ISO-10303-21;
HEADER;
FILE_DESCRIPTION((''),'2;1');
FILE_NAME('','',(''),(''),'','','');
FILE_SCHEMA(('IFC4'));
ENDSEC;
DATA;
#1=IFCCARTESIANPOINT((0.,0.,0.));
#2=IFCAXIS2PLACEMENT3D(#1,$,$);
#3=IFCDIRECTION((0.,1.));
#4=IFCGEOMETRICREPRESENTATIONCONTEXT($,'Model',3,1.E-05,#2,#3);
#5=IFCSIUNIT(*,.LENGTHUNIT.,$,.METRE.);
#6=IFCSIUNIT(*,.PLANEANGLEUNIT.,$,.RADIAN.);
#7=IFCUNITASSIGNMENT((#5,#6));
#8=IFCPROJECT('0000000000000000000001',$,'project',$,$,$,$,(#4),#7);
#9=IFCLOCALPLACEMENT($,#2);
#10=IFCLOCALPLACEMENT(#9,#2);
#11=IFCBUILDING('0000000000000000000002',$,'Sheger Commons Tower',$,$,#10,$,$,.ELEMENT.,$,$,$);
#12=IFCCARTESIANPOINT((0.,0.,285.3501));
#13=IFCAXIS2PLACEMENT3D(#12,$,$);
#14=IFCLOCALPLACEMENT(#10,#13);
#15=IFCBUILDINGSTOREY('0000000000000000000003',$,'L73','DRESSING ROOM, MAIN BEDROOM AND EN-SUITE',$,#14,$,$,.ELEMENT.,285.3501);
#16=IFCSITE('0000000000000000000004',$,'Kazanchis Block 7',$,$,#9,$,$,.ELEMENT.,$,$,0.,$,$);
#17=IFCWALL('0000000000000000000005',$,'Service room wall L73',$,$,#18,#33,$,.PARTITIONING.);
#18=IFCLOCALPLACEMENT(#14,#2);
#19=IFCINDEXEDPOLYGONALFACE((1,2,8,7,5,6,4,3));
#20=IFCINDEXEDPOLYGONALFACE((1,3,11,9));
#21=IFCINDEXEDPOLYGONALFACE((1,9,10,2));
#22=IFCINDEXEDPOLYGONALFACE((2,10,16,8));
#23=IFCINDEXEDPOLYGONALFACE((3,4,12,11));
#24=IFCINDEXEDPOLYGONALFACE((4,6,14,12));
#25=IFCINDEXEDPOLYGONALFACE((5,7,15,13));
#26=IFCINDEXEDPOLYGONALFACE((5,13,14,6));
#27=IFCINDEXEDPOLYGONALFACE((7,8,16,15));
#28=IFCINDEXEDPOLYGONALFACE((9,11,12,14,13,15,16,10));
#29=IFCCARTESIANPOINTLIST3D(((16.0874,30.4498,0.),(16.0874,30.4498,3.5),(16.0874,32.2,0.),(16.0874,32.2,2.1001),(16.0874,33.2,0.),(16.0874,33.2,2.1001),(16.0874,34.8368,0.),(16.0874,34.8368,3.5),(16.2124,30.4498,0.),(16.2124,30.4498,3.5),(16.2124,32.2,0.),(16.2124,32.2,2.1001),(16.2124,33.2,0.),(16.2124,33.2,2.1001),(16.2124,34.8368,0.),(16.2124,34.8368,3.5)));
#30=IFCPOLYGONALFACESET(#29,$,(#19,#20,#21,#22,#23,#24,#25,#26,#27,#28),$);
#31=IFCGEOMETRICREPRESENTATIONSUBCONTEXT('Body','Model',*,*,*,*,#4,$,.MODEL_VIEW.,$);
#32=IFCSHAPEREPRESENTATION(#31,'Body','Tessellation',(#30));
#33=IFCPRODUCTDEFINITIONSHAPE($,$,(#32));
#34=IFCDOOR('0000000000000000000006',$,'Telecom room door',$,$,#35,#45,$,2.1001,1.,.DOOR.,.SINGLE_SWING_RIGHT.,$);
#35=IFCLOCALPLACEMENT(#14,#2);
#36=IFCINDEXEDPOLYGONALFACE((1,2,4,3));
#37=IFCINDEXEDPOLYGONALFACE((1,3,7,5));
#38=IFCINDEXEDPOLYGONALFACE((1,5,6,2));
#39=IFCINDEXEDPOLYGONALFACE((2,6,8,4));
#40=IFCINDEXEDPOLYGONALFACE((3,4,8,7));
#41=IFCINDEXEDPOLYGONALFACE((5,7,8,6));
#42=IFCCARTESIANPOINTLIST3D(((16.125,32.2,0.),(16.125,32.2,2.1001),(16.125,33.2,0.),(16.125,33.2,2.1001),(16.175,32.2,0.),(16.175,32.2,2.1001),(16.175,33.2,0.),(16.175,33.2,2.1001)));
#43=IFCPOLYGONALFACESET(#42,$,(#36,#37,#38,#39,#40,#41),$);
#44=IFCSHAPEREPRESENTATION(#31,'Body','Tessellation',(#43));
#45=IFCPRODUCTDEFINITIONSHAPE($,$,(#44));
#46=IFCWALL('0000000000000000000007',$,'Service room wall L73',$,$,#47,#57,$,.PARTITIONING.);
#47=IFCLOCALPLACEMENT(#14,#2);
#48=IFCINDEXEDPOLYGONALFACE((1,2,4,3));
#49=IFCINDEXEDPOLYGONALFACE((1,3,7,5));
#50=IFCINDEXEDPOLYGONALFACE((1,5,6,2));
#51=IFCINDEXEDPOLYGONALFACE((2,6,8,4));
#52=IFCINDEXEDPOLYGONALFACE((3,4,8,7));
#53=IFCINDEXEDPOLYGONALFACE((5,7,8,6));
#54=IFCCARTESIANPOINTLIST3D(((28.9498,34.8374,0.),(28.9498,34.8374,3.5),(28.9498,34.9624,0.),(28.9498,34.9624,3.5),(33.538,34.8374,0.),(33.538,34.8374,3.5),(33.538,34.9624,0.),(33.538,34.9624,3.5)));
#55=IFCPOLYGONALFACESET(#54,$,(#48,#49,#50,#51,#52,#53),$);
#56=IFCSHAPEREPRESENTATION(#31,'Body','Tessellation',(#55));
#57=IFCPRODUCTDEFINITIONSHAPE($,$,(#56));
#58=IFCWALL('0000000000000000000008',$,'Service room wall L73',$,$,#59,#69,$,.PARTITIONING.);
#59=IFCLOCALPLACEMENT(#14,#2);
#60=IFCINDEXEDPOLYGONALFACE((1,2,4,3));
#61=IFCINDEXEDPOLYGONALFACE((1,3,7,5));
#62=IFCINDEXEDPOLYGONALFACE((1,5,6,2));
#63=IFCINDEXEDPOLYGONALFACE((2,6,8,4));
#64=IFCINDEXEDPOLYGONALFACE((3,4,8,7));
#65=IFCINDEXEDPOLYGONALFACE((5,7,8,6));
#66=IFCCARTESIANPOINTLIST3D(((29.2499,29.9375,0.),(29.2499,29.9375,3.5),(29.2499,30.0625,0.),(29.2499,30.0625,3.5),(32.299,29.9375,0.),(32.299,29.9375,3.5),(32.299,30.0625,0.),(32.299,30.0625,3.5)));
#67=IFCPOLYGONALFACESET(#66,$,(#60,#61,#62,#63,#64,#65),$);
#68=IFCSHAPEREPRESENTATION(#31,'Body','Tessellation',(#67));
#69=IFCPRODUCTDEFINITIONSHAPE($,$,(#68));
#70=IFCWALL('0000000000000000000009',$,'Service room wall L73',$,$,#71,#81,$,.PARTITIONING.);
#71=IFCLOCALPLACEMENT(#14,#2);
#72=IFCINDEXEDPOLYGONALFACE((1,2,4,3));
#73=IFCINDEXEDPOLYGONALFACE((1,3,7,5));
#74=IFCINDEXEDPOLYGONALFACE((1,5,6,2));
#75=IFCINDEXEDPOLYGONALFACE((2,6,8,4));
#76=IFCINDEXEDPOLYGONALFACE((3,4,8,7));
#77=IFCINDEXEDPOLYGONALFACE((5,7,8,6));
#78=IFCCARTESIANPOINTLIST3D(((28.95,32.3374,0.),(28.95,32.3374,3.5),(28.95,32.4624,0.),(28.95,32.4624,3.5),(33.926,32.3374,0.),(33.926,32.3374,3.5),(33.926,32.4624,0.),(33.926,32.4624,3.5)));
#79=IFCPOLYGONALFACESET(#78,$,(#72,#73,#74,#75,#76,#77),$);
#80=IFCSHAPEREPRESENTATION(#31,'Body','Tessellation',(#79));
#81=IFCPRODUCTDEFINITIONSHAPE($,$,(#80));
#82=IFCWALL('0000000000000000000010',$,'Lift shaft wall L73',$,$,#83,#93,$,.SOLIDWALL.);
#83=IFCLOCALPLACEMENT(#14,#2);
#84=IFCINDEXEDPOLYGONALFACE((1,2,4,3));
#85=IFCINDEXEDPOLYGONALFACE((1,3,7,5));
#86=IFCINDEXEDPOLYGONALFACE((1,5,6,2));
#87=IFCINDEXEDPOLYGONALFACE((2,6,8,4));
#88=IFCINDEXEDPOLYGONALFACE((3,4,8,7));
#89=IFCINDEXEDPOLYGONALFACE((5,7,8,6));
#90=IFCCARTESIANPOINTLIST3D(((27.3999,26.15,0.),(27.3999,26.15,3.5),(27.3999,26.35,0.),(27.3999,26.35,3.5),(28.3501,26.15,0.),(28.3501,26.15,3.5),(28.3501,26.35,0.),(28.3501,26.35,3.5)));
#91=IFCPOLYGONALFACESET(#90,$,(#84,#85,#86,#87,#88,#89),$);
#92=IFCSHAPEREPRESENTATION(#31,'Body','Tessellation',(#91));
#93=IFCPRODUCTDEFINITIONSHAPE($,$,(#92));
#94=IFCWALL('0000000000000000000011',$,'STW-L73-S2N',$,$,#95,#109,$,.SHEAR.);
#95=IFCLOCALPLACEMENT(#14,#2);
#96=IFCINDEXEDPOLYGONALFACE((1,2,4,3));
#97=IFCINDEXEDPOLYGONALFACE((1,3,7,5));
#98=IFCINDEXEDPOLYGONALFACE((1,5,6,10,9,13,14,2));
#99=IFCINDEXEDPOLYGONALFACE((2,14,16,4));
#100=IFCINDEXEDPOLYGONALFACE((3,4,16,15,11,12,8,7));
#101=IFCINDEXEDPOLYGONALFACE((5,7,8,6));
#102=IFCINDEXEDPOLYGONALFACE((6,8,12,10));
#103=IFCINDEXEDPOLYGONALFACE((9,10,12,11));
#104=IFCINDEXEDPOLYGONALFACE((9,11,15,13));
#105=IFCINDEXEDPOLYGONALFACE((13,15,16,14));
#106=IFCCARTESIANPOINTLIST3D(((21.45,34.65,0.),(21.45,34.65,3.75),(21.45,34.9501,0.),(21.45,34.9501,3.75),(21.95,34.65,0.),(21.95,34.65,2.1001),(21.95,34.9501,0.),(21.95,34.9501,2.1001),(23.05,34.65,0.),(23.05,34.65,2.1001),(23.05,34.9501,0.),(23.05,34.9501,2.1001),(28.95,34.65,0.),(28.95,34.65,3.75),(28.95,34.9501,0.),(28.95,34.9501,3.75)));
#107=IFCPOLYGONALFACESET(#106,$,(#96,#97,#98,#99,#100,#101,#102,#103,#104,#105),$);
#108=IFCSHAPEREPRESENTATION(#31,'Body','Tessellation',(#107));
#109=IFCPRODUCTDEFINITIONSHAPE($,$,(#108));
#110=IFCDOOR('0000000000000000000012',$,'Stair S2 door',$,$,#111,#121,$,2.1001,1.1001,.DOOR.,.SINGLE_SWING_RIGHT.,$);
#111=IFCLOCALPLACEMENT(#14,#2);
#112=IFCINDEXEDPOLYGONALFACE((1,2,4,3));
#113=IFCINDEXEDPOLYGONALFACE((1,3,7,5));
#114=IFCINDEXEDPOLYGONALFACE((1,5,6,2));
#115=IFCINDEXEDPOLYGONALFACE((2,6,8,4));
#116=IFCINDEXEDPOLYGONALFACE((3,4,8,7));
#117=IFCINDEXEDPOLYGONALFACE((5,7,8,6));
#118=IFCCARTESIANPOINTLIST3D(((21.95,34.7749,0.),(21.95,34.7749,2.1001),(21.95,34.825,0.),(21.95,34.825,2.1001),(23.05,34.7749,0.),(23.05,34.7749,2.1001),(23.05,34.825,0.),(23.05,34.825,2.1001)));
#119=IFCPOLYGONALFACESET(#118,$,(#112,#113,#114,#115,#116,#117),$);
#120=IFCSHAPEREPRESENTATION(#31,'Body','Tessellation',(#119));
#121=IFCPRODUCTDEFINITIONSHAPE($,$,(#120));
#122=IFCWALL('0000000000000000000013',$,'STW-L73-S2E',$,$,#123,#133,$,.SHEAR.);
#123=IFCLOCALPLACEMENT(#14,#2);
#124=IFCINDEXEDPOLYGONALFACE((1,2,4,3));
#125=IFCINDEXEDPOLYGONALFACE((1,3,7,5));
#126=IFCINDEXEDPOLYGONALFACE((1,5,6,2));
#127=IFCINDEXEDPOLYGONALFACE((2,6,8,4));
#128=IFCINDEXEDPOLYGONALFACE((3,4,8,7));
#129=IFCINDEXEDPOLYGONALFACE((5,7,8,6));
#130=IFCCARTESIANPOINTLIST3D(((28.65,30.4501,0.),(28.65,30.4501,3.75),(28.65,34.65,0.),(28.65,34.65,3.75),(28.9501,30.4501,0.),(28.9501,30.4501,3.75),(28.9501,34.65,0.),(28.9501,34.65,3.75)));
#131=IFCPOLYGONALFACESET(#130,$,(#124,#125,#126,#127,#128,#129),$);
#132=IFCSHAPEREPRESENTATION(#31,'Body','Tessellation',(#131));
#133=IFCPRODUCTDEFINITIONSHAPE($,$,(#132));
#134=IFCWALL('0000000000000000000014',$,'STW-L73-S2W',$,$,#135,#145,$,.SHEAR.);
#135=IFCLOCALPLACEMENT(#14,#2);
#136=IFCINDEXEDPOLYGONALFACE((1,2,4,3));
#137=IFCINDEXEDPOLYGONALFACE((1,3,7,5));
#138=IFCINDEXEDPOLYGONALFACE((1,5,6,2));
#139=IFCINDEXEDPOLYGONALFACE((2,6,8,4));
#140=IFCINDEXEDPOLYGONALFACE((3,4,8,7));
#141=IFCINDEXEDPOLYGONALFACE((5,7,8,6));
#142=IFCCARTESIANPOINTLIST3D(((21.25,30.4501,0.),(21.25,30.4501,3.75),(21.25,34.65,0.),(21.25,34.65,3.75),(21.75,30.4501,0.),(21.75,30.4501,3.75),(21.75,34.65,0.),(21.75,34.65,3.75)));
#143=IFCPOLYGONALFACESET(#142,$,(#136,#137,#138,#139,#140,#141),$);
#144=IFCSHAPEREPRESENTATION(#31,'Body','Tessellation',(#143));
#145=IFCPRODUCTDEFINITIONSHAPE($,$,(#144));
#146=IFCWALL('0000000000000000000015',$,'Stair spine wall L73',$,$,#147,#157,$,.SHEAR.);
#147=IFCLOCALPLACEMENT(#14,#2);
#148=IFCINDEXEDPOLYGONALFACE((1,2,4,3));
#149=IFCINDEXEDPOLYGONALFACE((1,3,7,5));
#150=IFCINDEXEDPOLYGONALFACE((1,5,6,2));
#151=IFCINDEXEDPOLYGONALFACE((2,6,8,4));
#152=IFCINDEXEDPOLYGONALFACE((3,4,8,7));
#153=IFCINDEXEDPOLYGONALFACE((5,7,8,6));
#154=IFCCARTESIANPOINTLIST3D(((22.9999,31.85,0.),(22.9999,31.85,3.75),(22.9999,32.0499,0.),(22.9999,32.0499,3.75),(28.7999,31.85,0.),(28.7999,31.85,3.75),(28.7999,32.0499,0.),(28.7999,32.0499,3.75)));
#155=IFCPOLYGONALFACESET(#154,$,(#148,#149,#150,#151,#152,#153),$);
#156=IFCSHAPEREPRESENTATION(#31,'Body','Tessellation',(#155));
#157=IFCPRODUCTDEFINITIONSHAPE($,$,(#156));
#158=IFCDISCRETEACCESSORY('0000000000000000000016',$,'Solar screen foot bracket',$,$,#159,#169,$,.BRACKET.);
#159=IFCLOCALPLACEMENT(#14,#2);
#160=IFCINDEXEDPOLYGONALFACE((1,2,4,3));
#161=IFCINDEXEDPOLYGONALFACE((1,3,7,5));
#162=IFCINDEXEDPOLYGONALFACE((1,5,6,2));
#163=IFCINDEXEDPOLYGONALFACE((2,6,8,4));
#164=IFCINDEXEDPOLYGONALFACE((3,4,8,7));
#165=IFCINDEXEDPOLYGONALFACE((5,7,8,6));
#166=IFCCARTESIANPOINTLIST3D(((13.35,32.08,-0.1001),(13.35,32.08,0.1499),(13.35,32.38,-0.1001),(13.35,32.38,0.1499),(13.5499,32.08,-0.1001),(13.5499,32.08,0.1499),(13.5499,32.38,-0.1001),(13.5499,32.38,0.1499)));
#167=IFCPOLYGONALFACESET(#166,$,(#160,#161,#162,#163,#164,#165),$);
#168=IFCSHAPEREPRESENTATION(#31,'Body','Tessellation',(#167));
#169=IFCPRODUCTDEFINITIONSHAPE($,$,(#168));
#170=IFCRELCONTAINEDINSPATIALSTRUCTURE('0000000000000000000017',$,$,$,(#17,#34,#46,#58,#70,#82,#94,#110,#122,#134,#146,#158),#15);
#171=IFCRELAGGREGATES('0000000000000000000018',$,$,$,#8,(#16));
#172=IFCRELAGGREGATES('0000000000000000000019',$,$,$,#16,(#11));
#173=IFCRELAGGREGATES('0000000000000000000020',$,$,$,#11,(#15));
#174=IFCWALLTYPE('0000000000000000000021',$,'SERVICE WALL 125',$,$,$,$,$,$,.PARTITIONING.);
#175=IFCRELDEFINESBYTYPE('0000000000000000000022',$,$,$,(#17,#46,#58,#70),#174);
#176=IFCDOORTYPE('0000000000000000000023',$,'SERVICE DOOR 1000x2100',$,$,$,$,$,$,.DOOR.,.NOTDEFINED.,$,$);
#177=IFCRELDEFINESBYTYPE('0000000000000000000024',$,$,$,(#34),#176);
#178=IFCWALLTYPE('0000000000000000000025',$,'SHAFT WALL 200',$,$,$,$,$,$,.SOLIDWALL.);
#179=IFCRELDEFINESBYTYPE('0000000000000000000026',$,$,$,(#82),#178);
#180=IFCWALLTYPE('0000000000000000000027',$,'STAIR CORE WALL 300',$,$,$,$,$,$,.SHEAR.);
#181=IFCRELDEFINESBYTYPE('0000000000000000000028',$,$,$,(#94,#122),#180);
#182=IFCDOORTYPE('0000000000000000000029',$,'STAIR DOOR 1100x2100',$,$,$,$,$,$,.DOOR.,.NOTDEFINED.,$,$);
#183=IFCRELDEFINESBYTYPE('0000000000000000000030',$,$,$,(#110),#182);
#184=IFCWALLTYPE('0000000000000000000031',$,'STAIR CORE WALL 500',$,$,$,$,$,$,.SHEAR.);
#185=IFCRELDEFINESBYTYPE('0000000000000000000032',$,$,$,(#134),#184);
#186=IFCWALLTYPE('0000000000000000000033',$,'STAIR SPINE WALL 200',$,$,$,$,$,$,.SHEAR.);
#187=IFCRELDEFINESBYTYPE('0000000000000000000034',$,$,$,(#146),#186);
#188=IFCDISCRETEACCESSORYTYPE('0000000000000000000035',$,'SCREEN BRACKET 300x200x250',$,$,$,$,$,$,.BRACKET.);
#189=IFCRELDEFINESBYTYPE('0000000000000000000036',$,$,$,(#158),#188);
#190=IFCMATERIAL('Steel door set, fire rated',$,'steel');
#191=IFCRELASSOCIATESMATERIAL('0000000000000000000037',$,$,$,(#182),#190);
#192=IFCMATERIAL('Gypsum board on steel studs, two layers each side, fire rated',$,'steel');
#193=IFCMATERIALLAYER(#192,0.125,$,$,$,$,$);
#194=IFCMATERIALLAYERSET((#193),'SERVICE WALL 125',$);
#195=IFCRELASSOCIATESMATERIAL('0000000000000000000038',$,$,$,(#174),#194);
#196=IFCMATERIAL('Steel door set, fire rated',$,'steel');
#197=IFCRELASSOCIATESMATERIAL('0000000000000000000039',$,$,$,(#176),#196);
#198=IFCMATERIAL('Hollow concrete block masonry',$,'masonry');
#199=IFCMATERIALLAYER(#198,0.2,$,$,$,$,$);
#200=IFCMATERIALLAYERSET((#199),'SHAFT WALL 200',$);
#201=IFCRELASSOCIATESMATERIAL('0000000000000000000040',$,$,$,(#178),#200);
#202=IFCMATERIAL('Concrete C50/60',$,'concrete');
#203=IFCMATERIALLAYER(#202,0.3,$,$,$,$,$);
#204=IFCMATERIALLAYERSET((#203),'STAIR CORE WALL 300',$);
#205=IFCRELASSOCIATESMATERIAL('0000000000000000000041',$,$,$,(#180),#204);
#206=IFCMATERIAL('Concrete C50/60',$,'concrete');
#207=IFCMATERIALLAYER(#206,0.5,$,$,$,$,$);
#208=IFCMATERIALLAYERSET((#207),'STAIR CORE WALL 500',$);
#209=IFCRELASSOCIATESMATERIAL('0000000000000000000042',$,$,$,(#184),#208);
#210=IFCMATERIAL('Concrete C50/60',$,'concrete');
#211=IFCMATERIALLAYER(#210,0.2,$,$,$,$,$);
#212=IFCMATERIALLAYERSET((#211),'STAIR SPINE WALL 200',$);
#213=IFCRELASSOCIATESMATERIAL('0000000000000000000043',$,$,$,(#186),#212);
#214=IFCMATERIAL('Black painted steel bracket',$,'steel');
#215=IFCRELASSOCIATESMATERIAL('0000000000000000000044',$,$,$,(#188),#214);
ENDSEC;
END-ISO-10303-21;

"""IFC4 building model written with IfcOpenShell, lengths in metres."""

from ifc_helpers import new_model, si_unit, direction, frame, frame_2d, origin, origin_2d, place, context, subcontext, project, spatial, rectangle, extrude, material, layer, layer_set, type_object, element, fill, save


model = new_model("IFC4")

# Units and contexts
model_context = context("Model", 3, precision=1e-05, world=origin(), true_north=direction((0.0, 1.0)))
body_context = subcontext(model_context, "Body", "Model", "MODEL_VIEW")
ifc_project = project(units=[si_unit("LENGTHUNIT", "METRE"), si_unit("PLANEANGLEUNIT", "RADIAN")], contexts=[model_context])

# Site, building, storey
site_placement = place(None, origin())
site = spatial("IfcSite", under=ifc_project, at=site_placement, Name="Kazanchis Block 7", CompositionType="ELEMENT", RefElevation=0.0)
building_placement = place(site_placement, origin())
building = spatial("IfcBuilding", under=site, at=building_placement, Name="Sheger Commons Tower", CompositionType="ELEMENT")
storey_placement = place(building_placement, frame((0.0, 0.0, 285.3501)))
storey = spatial("IfcBuildingStorey", under=building, at=storey_placement, Name="L73", Description="DRESSING ROOM, MAIN BEDROOM AND EN-SUITE", CompositionType="ELEMENT", Elevation=285.3501)

# Shared definitions
ifc_material_1 = material(Name="Steel door set, fire rated", Category="steel")
door_type_1 = type_object("IfcDoorType", Name="STAIR DOOR 1100x2100", OperationType="NOTDEFINED", PredefinedType="DOOR", material=ifc_material_1)

# Wall, opening, door
ifc_material_2 = material(Name="Gypsum board on steel studs, two layers each side, fire rated", Category="steel")
ifc_layer_1 = layer(ifc_material_2, 0.125)
ifc_layer_set_1 = layer_set([ifc_layer_1], Name="SERVICE WALL 125")
wall_type_1 = type_object("IfcWallType", Name="SERVICE WALL 125", PredefinedType="PARTITIONING", material=ifc_layer_set_1)
wall_1_placement = place(storey_placement, frame((16.1499, 30.45, 0.0), z_axis=(0.0, 0.0, 1.0), x_axis=(0.0, 1.0, 0.0)))
wall_1 = element("IfcWall", 1, at=wall_1_placement, inside=storey, type_object=wall_type_1, Name="Service room wall L73", PredefinedType="PARTITIONING", context=body_context, shape_type="SweptSolid", body=[
    extrude(rectangle(XDim=4.387, YDim=0.125, at=frame_2d((2.1934, 0.0))), origin(), (0.0, 0.0, 1.0), 3.5),
])
opening_1_placement = place(wall_1_placement, frame((1.75, 0.0, 0.0)))
opening_1 = element("IfcOpeningElement", 2, at=opening_1_placement, cuts=wall_1, PredefinedType="OPENING", context=body_context, shape_type="SweptSolid", body=[
    extrude(rectangle(XDim=1.0, YDim=2.1001, at=frame_2d((0.5, 1.05))), frame((0.0, 0.0725, 0.0), z_axis=(0.0, -1.0, 0.0), x_axis=(1.0, 0.0, 0.0)), (0.0, 0.0, 1.0), 0.145),
])
ifc_material_3 = material(Name="Steel door set, fire rated", Category="steel")
door_type_2 = type_object("IfcDoorType", Name="SERVICE DOOR 1000x2100", OperationType="NOTDEFINED", PredefinedType="DOOR", material=ifc_material_3)
door_1_placement = place(opening_1_placement, origin())
door_1 = element("IfcDoor", 3, at=door_1_placement, inside=storey, type_object=door_type_2, Name="Telecom room door", OperationType="SINGLE_SWING_RIGHT", OverallHeight=2.1001, OverallWidth=1.0, PredefinedType="DOOR", context=body_context, shape_type="SweptSolid", body=[
    extrude(rectangle(XDim=1.0, YDim=2.1001, at=frame_2d((0.5, 1.05))), frame((0.0, 0.0249, 0.0), z_axis=(0.0, -1.0, 0.0), x_axis=(1.0, 0.0, 0.0)), (0.0, 0.0, 1.0), 0.05),
])
fill(opening_1, door_1)

# Walls
wall_2_placement = place(storey_placement, frame((28.95, 34.8999, 0.0), z_axis=(0.0, 0.0, 1.0), x_axis=(1.0, 0.0, 0.0)))
element("IfcWall", 4, at=wall_2_placement, inside=storey, type_object=wall_type_1, Name="Service room wall L73", PredefinedType="PARTITIONING", context=body_context, shape_type="SweptSolid", body=[
    extrude(rectangle(XDim=4.5881, YDim=0.125, at=frame_2d((2.2939, 0.0))), origin(), (0.0, 0.0, 1.0), 3.5),
])
wall_3_placement = place(storey_placement, frame((29.25, 30.0, 0.0), z_axis=(0.0, 0.0, 1.0), x_axis=(1.0, 0.0, 0.0)))
element("IfcWall", 5, at=wall_3_placement, inside=storey, type_object=wall_type_1, Name="Service room wall L73", PredefinedType="PARTITIONING", context=body_context, shape_type="SweptSolid", body=[
    extrude(rectangle(XDim=3.0491, YDim=0.125, at=frame_2d((1.5244, 0.0))), origin(), (0.0, 0.0, 1.0), 3.5),
])
wall_4_placement = place(storey_placement, frame((28.95, 32.3999, 0.0), z_axis=(0.0, 0.0, 1.0), x_axis=(1.0, 0.0, 0.0)))
element("IfcWall", 6, at=wall_4_placement, inside=storey, type_object=wall_type_1, Name="Service room wall L73", PredefinedType="PARTITIONING", context=body_context, shape_type="SweptSolid", body=[
    extrude(rectangle(XDim=4.9761, YDim=0.125, at=frame_2d((2.488, 0.0))), origin(), (0.0, 0.0, 1.0), 3.5),
])
ifc_material_4 = material(Name="Hollow concrete block masonry", Category="masonry")
ifc_layer_2 = layer(ifc_material_4, 0.2)
ifc_layer_set_2 = layer_set([ifc_layer_2], Name="SHAFT WALL 200")
wall_type_2 = type_object("IfcWallType", Name="SHAFT WALL 200", PredefinedType="SOLIDWALL", material=ifc_layer_set_2)
wall_5_placement = place(storey_placement, frame((27.3999, 26.25, 0.0), z_axis=(0.0, 0.0, 1.0), x_axis=(1.0, 0.0, 0.0)))
element("IfcWall", 7, at=wall_5_placement, inside=storey, type_object=wall_type_2, Name="Lift shaft wall L73", PredefinedType="SOLIDWALL", context=body_context, shape_type="SweptSolid", body=[
    extrude(rectangle(XDim=0.9502, YDim=0.2, at=frame_2d((0.4751, 0.0))), origin(), (0.0, 0.0, 1.0), 3.5),
])

# Wall, opening, door
ifc_material_5 = material(Name="Concrete C50/60", Category="concrete")
ifc_layer_3 = layer(ifc_material_5, 0.3)
ifc_layer_set_3 = layer_set([ifc_layer_3], Name="STAIR CORE WALL 300")
wall_type_3 = type_object("IfcWallType", Name="STAIR CORE WALL 300", PredefinedType="SHEAR", material=ifc_layer_set_3)
wall_6_placement = place(storey_placement, frame((21.45, 34.8, 0.0), z_axis=(0.0, 0.0, 1.0), x_axis=(1.0, 0.0, 0.0)))
wall_6 = element("IfcWall", 8, at=wall_6_placement, inside=storey, type_object=wall_type_3, Name="STW-L73-S2N", PredefinedType="SHEAR", context=body_context, shape_type="SweptSolid", body=[
    extrude(rectangle(XDim=7.5, YDim=0.3, at=frame_2d((3.75, 0.0))), origin(), (0.0, 0.0, 1.0), 3.75),
])
opening_2_placement = place(wall_6_placement, frame((0.5, 0.0, 0.0)))
opening_2 = element("IfcOpeningElement", 9, at=opening_2_placement, cuts=wall_6, PredefinedType="OPENING", context=body_context, shape_type="SweptSolid", body=[
    extrude(rectangle(XDim=1.1001, YDim=2.1001, at=frame_2d((0.55, 1.05))), frame((0.0, 0.1599, 0.0), z_axis=(0.0, -1.0, 0.0), x_axis=(1.0, 0.0, 0.0)), (0.0, 0.0, 1.0), 0.3201),
])
door_2_placement = place(opening_2_placement, origin())
door_2 = element("IfcDoor", 10, at=door_2_placement, inside=storey, type_object=door_type_1, Name="Stair S2 door", OperationType="SINGLE_SWING_RIGHT", OverallHeight=2.1001, OverallWidth=1.1001, PredefinedType="DOOR", context=body_context, shape_type="SweptSolid", body=[
    extrude(rectangle(XDim=1.1001, YDim=2.1001, at=frame_2d((0.55, 1.05))), frame((0.0, 0.0249, 0.0), z_axis=(0.0, -1.0, 0.0), x_axis=(1.0, 0.0, 0.0)), (0.0, 0.0, 1.0), 0.05),
])
fill(opening_2, door_2)

# Walls
wall_7_placement = place(storey_placement, frame((28.8, 30.45, 0.0), z_axis=(0.0, 0.0, 1.0), x_axis=(0.0, 1.0, 0.0)))
element("IfcWall", 11, at=wall_7_placement, inside=storey, type_object=wall_type_3, Name="STW-L73-S2E", PredefinedType="SHEAR", context=body_context, shape_type="SweptSolid", body=[
    extrude(rectangle(XDim=4.2, YDim=0.3, at=frame_2d((2.1001, 0.0))), origin(), (0.0, 0.0, 1.0), 3.75),
])
ifc_material_6 = material(Name="Concrete C50/60", Category="concrete")
ifc_layer_4 = layer(ifc_material_6, 0.5)
ifc_layer_set_4 = layer_set([ifc_layer_4], Name="STAIR CORE WALL 500")
wall_type_4 = type_object("IfcWallType", Name="STAIR CORE WALL 500", PredefinedType="SHEAR", material=ifc_layer_set_4)
wall_8_placement = place(storey_placement, frame((21.5, 30.45, 0.0), z_axis=(0.0, 0.0, 1.0), x_axis=(0.0, 1.0, 0.0)))
element("IfcWall", 12, at=wall_8_placement, inside=storey, type_object=wall_type_4, Name="STW-L73-S2W", PredefinedType="SHEAR", context=body_context, shape_type="SweptSolid", body=[
    extrude(rectangle(XDim=4.2, YDim=0.5, at=frame_2d((2.1001, 0.0))), origin(), (0.0, 0.0, 1.0), 3.75),
])
ifc_material_7 = material(Name="Concrete C50/60", Category="concrete")
ifc_layer_5 = layer(ifc_material_7, 0.2)
ifc_layer_set_5 = layer_set([ifc_layer_5], Name="STAIR SPINE WALL 200")
wall_type_5 = type_object("IfcWallType", Name="STAIR SPINE WALL 200", PredefinedType="SHEAR", material=ifc_layer_set_5)
wall_9_placement = place(storey_placement, frame((23.0, 31.95, 0.0), z_axis=(0.0, 0.0, 1.0), x_axis=(1.0, 0.0, 0.0)))
element("IfcWall", 13, at=wall_9_placement, inside=storey, type_object=wall_type_5, Name="Stair spine wall L73", PredefinedType="SHEAR", context=body_context, shape_type="SweptSolid", body=[
    extrude(rectangle(XDim=5.8, YDim=0.2, at=frame_2d((2.8999, 0.0))), origin(), (0.0, 0.0, 1.0), 3.75),
])

# Discrete accessory
ifc_material_8 = material(Name="Black painted steel bracket", Category="steel")
discrete_accessory_type = type_object("IfcDiscreteAccessoryType", Name="SCREEN BRACKET 300x200x250", PredefinedType="BRACKET", material=ifc_material_8)
for number, where, z_axis, x_axis, name in (
    (14, (13.45, 32.23, -0.1001), (0.0, 0.0, 1.0), (0.0, -1.0, 0.0), "Solar screen foot bracket"),
):
    element("IfcDiscreteAccessory", number, at=place(storey_placement, frame(where, z_axis=z_axis, x_axis=x_axis)), inside=storey, type_object=discrete_accessory_type, Name=name, PredefinedType="BRACKET", context=body_context, shape_type="SweptSolid", body=[
        extrude(rectangle(XDim=0.3, YDim=0.2, at=origin_2d()), origin(), (0.0, 0.0, 1.0), 0.25),
    ])

save(model, "model.ifc")
